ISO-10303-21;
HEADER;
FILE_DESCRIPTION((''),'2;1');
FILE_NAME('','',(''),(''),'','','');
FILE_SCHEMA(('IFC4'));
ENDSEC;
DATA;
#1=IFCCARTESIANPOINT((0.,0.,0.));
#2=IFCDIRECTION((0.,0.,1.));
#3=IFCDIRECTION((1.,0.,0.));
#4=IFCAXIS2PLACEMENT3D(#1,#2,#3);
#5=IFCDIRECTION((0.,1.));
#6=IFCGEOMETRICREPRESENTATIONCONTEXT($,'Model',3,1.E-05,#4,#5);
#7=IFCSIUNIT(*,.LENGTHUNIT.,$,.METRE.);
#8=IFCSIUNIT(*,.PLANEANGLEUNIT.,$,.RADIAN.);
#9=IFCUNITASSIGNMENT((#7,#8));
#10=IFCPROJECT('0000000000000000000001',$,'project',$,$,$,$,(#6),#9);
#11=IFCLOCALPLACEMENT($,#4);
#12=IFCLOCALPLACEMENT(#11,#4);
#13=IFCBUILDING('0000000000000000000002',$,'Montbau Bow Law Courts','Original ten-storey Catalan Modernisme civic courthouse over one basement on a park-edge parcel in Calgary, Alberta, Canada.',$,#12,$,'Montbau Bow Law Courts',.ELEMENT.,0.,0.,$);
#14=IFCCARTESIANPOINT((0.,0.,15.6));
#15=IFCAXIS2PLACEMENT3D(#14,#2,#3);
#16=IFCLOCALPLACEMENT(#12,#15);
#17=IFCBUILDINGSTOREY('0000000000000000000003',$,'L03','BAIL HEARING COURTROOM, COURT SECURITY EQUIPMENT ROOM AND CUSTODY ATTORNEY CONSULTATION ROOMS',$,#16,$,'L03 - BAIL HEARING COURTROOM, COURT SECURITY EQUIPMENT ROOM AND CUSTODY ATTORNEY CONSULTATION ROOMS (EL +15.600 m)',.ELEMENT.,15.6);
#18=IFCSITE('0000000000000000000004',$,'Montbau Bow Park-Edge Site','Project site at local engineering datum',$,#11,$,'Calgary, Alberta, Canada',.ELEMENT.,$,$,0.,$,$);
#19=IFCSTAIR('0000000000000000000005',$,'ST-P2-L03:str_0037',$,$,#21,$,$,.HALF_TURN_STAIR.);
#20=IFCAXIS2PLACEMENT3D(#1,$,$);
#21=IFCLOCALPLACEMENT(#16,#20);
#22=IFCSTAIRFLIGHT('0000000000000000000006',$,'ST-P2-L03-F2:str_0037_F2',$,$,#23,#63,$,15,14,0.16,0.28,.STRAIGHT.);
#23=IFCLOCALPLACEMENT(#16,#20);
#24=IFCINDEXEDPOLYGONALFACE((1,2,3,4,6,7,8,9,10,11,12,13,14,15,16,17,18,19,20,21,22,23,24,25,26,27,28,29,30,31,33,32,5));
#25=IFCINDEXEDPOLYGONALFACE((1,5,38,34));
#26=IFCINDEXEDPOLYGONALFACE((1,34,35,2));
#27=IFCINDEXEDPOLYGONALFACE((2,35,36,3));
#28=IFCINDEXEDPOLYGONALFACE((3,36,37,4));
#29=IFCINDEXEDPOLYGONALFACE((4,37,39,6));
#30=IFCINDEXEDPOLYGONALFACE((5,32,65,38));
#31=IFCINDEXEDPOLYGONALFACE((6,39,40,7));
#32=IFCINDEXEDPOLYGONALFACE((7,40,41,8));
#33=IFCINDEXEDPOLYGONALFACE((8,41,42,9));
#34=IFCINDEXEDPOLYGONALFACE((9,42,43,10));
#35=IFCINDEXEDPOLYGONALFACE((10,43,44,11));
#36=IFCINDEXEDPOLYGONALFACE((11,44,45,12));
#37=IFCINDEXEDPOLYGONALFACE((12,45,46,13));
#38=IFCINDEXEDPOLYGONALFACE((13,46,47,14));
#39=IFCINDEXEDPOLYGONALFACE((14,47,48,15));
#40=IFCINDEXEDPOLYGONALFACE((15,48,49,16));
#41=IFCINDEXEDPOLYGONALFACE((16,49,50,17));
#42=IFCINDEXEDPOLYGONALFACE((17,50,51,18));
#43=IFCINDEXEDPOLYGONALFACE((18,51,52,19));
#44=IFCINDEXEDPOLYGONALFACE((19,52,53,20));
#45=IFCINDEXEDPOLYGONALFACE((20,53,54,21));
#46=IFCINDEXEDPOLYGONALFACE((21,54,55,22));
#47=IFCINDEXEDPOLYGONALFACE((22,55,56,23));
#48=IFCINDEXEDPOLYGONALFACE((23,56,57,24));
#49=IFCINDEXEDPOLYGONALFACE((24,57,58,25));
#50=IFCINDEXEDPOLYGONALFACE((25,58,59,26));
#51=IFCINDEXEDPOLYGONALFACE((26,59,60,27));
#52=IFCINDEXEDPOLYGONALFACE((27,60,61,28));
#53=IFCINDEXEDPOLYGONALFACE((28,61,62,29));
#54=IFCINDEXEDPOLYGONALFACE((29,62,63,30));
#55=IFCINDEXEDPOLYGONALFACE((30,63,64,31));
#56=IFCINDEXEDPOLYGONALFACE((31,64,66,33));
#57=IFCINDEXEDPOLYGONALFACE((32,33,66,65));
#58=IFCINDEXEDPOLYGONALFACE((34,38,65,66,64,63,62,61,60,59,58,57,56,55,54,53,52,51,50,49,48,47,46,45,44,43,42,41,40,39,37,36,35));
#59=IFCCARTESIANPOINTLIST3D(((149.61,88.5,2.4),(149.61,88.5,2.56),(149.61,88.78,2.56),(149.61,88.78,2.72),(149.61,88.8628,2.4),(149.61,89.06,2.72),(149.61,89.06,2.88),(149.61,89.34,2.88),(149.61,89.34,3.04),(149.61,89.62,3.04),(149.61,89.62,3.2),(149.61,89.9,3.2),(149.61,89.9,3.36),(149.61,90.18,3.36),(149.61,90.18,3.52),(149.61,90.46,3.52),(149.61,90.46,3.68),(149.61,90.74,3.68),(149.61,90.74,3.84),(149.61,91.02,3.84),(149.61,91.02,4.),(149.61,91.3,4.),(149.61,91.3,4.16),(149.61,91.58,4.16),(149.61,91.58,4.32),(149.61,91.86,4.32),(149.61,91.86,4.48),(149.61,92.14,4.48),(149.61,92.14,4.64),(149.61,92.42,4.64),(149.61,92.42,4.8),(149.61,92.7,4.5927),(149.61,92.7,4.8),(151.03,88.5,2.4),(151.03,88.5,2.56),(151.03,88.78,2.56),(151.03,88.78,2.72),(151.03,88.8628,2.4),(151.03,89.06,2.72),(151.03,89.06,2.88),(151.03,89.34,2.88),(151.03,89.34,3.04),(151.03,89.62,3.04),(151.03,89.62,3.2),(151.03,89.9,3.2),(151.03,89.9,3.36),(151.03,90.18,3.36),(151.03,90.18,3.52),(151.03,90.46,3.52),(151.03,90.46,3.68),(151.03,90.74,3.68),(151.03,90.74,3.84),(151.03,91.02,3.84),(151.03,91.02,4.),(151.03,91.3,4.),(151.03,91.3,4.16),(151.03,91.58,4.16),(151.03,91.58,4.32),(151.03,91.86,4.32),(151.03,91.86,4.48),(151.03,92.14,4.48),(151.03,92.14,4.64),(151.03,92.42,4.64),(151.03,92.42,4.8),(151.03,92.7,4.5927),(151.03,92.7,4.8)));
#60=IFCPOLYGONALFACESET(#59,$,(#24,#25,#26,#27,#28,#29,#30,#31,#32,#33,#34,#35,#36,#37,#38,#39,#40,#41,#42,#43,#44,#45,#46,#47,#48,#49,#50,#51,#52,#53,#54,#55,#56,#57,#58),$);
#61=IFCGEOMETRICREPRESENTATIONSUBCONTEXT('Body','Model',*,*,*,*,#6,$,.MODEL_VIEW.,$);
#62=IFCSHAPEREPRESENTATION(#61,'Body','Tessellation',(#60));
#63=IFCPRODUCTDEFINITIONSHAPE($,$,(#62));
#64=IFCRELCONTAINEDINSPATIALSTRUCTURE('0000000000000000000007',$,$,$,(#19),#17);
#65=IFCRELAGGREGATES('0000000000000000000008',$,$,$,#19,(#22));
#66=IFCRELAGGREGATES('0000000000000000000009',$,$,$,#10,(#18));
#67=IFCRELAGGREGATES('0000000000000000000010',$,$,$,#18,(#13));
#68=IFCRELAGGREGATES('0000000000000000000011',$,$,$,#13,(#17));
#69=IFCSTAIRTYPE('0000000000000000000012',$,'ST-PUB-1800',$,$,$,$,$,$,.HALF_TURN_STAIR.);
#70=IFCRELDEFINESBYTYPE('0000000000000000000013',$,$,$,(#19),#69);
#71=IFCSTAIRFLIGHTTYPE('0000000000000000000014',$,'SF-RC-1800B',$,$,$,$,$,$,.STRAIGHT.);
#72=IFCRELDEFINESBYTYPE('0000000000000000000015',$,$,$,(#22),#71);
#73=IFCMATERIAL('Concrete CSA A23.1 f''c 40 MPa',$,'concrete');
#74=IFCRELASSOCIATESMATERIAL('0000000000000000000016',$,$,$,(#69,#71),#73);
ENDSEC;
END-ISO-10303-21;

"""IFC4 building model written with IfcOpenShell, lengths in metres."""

from ifc_helpers import new_model, si_unit, direction, frame, origin_with_axes, place, context, subcontext, project, spatial, polyline, outline, extrude, material, type_object, element, aggregate, save


model = new_model("IFC4")

# Units and contexts
model_context = context("Model", 3, precision=1e-05, world=origin_with_axes(), true_north=direction((0.0, 1.0)))
body_context = subcontext(model_context, "Body", "Model", "MODEL_VIEW")
ifc_project = project(units=[si_unit("LENGTHUNIT", "METRE"), si_unit("PLANEANGLEUNIT", "RADIAN")], contexts=[model_context])

# Site, building, storey
site_placement = place(None, origin_with_axes())
site = spatial("IfcSite", under=ifc_project, at=site_placement, Name="Montbau Bow Park-Edge Site", Description="Project site at local engineering datum", LongName="Calgary, Alberta, Canada", CompositionType="ELEMENT", RefElevation=0.0)
building_placement = place(site_placement, origin_with_axes())
building = spatial("IfcBuilding", under=site, at=building_placement, Name="Montbau Bow Law Courts", Description="Original ten-storey Catalan Modernisme civic courthouse over one basement on a park-edge parcel in Calgary, Alberta, Canada.", LongName="Montbau Bow Law Courts", CompositionType="ELEMENT", ElevationOfRefHeight=0.0, ElevationOfTerrain=0.0)
storey_placement = place(building_placement, frame((0.0, 0.0, 15.6), z_axis=(0.0, 0.0, 1.0), x_axis=(1.0, 0.0, 0.0)))
storey = spatial("IfcBuildingStorey", under=building, at=storey_placement, Name="L03", Description="BAIL HEARING COURTROOM, COURT SECURITY EQUIPMENT ROOM AND CUSTODY ATTORNEY CONSULTATION ROOMS", LongName="L03 - BAIL HEARING COURTROOM, COURT SECURITY EQUIPMENT ROOM AND CUSTODY ATTORNEY CONSULTATION ROOMS (EL +15.600 m)", CompositionType="ELEMENT", Elevation=15.6)

# Stair, stair flight
ifc_material_1 = material(Name="Concrete CSA A23.1 f'c 40 MPa", Category="concrete")
stair_type = type_object("IfcStairType", Name="ST-PUB-1800", PredefinedType="HALF_TURN_STAIR", material=ifc_material_1)
stair_placement = place(None, frame((148.505, 92.7, 15.6), z_axis=(0.0, 0.0, 1.0), x_axis=(1.0, 0.0, 0.0)))
stair = element("IfcStair", 1, at=stair_placement, inside=storey, type_object=stair_type, Name="ST-P2-L03:str_0037", PredefinedType="HALF_TURN_STAIR")
stair_flight_type = type_object("IfcStairFlightType", Name="SF-RC-1800B", PredefinedType="STRAIGHT", material=ifc_material_1)
stair_flight_placement = place(None, frame((150.32, 88.5, 18.0), z_axis=(0.0, 0.0, 1.0), x_axis=(0.0, 1.0, 0.0)))
stair_flight = element("IfcStairFlight", 2, at=stair_flight_placement, type_object=stair_flight_type, Name="ST-P2-L03-F2:str_0037_F2", NumberOfRisers=15, NumberOfTreads=14, PredefinedType="STRAIGHT", RiserHeight=0.16, TreadLength=0.28, context=body_context, shape_type="SweptSolid", body=[
    extrude(outline(polyline([(0.0, 0.0), (0.0, 0.16), (0.28, 0.16), (0.28, 0.32), (0.56, 0.32), (0.56, 0.48), (0.84, 0.48), (0.84, 0.64), (1.12, 0.64), (1.12, 0.8), (1.4, 0.8), (1.4, 0.96), (1.68, 0.96), (1.68, 1.12), (1.96, 1.12), (1.96, 1.28), (2.24, 1.28), (2.24, 1.44), (2.52, 1.44), (2.52, 1.6), (2.8, 1.6), (2.8, 1.76), (3.08, 1.76), (3.08, 1.92), (3.36, 1.92), (3.36, 2.08), (3.64, 2.08), (3.64, 2.24), (3.92, 2.24), (3.92, 2.4), (4.2, 2.4), (4.2, 2.1927), (0.3628, 0.0), (0.0, 0.0)])), frame((0.0, 0.71, 0.0), z_axis=(0.0, -1.0, 0.0), x_axis=(1.0, 0.0, 0.0)), (0.0, 0.0, 1.0), 1.42),
])
aggregate(stair, [stair_flight])

save(model, "model.ifc")
